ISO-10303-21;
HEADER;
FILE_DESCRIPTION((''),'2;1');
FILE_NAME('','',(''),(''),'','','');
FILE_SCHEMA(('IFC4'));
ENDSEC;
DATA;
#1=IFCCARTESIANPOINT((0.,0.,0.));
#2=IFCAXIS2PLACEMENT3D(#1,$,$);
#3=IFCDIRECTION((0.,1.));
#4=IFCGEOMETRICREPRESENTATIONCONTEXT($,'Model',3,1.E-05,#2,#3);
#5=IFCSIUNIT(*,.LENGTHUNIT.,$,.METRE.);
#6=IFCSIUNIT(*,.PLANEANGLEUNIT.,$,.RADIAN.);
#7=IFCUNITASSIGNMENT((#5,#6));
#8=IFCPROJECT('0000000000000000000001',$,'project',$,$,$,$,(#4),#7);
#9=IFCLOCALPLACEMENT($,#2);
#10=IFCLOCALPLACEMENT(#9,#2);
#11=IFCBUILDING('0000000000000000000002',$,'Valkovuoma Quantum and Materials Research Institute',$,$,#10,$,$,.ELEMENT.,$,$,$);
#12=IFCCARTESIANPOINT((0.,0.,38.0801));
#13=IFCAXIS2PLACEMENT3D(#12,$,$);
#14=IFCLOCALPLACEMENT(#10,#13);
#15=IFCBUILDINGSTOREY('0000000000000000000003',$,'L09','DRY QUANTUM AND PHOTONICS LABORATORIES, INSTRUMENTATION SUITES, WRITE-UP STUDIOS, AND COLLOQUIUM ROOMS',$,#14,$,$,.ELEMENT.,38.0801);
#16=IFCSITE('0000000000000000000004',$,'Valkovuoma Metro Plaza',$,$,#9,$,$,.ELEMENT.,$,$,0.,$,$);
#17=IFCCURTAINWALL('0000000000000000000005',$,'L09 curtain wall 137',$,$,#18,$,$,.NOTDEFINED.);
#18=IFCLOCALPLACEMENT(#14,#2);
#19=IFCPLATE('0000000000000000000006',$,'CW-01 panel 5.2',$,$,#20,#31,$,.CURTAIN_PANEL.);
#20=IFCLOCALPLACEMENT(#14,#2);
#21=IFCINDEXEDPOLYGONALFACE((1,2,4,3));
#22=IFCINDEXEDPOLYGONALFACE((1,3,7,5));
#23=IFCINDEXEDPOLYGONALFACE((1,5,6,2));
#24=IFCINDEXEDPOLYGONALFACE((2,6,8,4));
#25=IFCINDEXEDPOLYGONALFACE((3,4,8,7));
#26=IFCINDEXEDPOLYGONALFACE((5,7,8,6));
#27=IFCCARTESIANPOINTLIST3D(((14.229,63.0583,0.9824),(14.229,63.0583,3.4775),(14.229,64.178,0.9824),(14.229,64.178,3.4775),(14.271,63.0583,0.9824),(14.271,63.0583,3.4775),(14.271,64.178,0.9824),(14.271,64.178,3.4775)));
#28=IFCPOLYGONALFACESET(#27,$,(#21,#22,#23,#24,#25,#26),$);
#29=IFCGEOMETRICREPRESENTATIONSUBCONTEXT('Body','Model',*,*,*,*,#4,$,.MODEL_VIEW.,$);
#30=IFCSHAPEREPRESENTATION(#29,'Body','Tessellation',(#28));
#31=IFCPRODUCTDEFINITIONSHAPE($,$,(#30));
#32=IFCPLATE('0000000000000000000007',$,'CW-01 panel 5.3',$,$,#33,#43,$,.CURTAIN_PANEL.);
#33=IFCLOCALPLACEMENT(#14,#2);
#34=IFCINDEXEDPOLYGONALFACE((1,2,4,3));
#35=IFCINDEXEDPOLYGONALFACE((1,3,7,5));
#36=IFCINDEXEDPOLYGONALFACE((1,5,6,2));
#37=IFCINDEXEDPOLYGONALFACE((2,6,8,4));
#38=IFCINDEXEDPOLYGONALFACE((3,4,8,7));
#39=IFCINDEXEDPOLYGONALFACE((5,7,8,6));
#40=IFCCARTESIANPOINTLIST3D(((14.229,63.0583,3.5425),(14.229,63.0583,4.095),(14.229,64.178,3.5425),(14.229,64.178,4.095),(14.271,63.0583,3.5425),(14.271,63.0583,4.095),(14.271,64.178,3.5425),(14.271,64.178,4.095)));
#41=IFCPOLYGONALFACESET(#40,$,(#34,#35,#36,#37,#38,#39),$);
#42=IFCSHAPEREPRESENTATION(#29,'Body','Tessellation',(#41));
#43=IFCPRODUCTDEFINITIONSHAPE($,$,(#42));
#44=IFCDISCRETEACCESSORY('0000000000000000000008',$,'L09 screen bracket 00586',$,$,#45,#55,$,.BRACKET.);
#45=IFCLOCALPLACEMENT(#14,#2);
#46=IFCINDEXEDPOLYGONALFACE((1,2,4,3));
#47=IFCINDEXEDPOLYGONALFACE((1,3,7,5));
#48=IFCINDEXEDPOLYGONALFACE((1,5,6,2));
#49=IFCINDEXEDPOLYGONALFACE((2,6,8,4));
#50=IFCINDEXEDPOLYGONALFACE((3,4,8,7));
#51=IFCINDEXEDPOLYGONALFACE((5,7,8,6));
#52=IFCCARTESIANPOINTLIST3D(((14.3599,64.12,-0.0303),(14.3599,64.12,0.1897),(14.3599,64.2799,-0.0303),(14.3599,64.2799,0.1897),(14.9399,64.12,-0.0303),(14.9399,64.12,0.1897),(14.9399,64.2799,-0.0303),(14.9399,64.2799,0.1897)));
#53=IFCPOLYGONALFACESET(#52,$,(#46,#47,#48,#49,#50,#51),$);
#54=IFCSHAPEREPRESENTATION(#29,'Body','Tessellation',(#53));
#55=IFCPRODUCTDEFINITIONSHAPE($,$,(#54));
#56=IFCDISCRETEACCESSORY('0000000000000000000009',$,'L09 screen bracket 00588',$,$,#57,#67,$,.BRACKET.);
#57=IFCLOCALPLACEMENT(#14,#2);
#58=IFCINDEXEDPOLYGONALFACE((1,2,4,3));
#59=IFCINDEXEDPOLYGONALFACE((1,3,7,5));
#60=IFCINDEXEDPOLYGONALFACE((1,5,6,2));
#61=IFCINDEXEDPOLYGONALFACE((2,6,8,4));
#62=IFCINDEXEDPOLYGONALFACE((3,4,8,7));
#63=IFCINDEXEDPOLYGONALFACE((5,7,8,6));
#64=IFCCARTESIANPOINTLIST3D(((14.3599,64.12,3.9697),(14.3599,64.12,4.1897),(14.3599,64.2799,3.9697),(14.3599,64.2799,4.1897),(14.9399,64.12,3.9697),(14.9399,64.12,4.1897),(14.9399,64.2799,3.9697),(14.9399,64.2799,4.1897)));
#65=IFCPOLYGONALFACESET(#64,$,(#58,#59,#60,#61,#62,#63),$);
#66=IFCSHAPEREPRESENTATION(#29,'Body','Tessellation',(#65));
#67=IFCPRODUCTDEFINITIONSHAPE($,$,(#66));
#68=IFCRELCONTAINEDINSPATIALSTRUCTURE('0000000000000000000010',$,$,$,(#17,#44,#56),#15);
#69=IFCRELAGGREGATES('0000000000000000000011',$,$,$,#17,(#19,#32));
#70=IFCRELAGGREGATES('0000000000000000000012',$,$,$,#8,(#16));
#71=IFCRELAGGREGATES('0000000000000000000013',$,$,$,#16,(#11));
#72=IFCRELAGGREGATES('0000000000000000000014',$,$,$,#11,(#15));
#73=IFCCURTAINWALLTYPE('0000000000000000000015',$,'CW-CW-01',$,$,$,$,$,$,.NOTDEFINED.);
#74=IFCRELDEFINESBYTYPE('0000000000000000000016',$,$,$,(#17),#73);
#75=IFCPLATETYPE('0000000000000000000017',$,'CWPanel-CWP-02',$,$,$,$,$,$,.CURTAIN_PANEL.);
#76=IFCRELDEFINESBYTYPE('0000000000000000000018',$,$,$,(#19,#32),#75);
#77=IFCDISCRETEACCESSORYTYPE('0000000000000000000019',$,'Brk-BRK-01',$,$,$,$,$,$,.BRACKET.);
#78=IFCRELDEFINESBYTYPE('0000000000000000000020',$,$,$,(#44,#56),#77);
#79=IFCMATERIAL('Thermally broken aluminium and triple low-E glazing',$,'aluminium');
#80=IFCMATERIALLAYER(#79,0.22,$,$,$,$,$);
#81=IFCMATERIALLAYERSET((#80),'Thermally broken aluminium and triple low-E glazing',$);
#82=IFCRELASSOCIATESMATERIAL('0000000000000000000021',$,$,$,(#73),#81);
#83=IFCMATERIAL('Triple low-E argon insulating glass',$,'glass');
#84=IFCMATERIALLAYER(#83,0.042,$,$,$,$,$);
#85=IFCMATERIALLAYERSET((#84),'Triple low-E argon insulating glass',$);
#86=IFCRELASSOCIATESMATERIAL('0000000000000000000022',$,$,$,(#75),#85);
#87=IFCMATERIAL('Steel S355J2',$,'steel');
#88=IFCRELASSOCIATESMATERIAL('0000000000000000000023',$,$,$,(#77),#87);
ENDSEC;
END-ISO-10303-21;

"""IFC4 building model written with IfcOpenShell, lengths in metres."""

from ifc_helpers import new_model, si_unit, direction, frame, origin, origin_2d, place, context, subcontext, project, spatial, rectangle, extrude, material, layer, layer_set, type_object, element, aggregate, save


model = new_model("IFC4")

# Units and contexts
model_context = context("Model", 3, precision=1e-05, world=origin(), true_north=direction((0.0, 1.0)))
body_context = subcontext(model_context, "Body", "Model", "MODEL_VIEW")
ifc_project = project(units=[si_unit("LENGTHUNIT", "METRE"), si_unit("PLANEANGLEUNIT", "RADIAN")], contexts=[model_context])

# Site, building, storey
site_placement = place(None, origin())
site = spatial("IfcSite", under=ifc_project, at=site_placement, Name="Valkovuoma Metro Plaza", CompositionType="ELEMENT", RefElevation=0.0)
building_placement = place(site_placement, origin())
building = spatial("IfcBuilding", under=site, at=building_placement, Name="Valkovuoma Quantum and Materials Research Institute", CompositionType="ELEMENT")
storey_placement = place(building_placement, frame((0.0, 0.0, 38.0801)))
storey = spatial("IfcBuildingStorey", under=building, at=storey_placement, Name="L09", Description="DRY QUANTUM AND PHOTONICS LABORATORIES, INSTRUMENTATION SUITES, WRITE-UP STUDIOS, AND COLLOQUIUM ROOMS", CompositionType="ELEMENT", Elevation=38.0801)

# Curtain wall, plates
ifc_material_1 = material(Name="Thermally broken aluminium and triple low-E glazing", Category="aluminium")
ifc_layer_1 = layer(ifc_material_1, 0.22)
ifc_layer_set_1 = layer_set([ifc_layer_1], Name="Thermally broken aluminium and triple low-E glazing")
curtain_wall_type = type_object("IfcCurtainWallType", Name="CW-CW-01", PredefinedType="NOTDEFINED", material=ifc_layer_set_1)
curtain_wall_placement = place(storey_placement, origin())
curtain_wall = element("IfcCurtainWall", 1, at=curtain_wall_placement, inside=storey, type_object=curtain_wall_type, Name="L09 curtain wall 137", PredefinedType="NOTDEFINED")
ifc_material_2 = material(Name="Triple low-E argon insulating glass", Category="glass")
ifc_layer_2 = layer(ifc_material_2, 0.042)
ifc_layer_set_2 = layer_set([ifc_layer_2], Name="Triple low-E argon insulating glass")
plate_type = type_object("IfcPlateType", Name="CWPanel-CWP-02", PredefinedType="CURTAIN_PANEL", material=ifc_layer_set_2)
plate_1_placement = place(storey_placement, frame((14.25, 63.6182, 0.9824), z_axis=(0.0, 0.0, 1.0), x_axis=(0.0, 1.0, 0.0)))
plate_1 = element("IfcPlate", 2, at=plate_1_placement, type_object=plate_type, Name="CW-01 panel 5.2", PredefinedType="CURTAIN_PANEL", context=body_context, shape_type="SweptSolid", body=[
    extrude(rectangle(XDim=1.1196, YDim=0.042, at=origin_2d()), origin(), (0.0, 0.0, 1.0), 2.4951),
])
plate_2_placement = place(storey_placement, frame((14.25, 63.6182, 3.5425), z_axis=(0.0, 0.0, 1.0), x_axis=(0.0, 1.0, 0.0)))
plate_2 = element("IfcPlate", 3, at=plate_2_placement, type_object=plate_type, Name="CW-01 panel 5.3", PredefinedType="CURTAIN_PANEL", context=body_context, shape_type="SweptSolid", body=[
    extrude(rectangle(XDim=1.1196, YDim=0.042, at=origin_2d()), origin(), (0.0, 0.0, 1.0), 0.5525),
])
aggregate(curtain_wall, [plate_1, plate_2])

# Discrete accessories
ifc_material_3 = material(Name="Steel S355J2", Category="steel")
discrete_accessory_type = type_object("IfcDiscreteAccessoryType", Name="Brk-BRK-01", PredefinedType="BRACKET", material=ifc_material_3)
for number, where, z_axis, x_axis, name in (
    (4, (14.6499, 64.2, -0.0303), (0.0, 0.0, 1.0), (1.0, 0.0, 0.0), "L09 screen bracket 00586"),
    (5, (14.6499, 64.2, 3.9697), (0.0, 0.0, 1.0), (1.0, 0.0, 0.0), "L09 screen bracket 00588"),
):
    element("IfcDiscreteAccessory", number, at=place(storey_placement, frame(where, z_axis=z_axis, x_axis=x_axis)), inside=storey, type_object=discrete_accessory_type, Name=name, PredefinedType="BRACKET", context=body_context, shape_type="SweptSolid", body=[
        extrude(rectangle(XDim=0.5801, YDim=0.1599, at=origin_2d()), origin(), (0.0, 0.0, 1.0), 0.22),
    ])

save(model, "model.ifc")
